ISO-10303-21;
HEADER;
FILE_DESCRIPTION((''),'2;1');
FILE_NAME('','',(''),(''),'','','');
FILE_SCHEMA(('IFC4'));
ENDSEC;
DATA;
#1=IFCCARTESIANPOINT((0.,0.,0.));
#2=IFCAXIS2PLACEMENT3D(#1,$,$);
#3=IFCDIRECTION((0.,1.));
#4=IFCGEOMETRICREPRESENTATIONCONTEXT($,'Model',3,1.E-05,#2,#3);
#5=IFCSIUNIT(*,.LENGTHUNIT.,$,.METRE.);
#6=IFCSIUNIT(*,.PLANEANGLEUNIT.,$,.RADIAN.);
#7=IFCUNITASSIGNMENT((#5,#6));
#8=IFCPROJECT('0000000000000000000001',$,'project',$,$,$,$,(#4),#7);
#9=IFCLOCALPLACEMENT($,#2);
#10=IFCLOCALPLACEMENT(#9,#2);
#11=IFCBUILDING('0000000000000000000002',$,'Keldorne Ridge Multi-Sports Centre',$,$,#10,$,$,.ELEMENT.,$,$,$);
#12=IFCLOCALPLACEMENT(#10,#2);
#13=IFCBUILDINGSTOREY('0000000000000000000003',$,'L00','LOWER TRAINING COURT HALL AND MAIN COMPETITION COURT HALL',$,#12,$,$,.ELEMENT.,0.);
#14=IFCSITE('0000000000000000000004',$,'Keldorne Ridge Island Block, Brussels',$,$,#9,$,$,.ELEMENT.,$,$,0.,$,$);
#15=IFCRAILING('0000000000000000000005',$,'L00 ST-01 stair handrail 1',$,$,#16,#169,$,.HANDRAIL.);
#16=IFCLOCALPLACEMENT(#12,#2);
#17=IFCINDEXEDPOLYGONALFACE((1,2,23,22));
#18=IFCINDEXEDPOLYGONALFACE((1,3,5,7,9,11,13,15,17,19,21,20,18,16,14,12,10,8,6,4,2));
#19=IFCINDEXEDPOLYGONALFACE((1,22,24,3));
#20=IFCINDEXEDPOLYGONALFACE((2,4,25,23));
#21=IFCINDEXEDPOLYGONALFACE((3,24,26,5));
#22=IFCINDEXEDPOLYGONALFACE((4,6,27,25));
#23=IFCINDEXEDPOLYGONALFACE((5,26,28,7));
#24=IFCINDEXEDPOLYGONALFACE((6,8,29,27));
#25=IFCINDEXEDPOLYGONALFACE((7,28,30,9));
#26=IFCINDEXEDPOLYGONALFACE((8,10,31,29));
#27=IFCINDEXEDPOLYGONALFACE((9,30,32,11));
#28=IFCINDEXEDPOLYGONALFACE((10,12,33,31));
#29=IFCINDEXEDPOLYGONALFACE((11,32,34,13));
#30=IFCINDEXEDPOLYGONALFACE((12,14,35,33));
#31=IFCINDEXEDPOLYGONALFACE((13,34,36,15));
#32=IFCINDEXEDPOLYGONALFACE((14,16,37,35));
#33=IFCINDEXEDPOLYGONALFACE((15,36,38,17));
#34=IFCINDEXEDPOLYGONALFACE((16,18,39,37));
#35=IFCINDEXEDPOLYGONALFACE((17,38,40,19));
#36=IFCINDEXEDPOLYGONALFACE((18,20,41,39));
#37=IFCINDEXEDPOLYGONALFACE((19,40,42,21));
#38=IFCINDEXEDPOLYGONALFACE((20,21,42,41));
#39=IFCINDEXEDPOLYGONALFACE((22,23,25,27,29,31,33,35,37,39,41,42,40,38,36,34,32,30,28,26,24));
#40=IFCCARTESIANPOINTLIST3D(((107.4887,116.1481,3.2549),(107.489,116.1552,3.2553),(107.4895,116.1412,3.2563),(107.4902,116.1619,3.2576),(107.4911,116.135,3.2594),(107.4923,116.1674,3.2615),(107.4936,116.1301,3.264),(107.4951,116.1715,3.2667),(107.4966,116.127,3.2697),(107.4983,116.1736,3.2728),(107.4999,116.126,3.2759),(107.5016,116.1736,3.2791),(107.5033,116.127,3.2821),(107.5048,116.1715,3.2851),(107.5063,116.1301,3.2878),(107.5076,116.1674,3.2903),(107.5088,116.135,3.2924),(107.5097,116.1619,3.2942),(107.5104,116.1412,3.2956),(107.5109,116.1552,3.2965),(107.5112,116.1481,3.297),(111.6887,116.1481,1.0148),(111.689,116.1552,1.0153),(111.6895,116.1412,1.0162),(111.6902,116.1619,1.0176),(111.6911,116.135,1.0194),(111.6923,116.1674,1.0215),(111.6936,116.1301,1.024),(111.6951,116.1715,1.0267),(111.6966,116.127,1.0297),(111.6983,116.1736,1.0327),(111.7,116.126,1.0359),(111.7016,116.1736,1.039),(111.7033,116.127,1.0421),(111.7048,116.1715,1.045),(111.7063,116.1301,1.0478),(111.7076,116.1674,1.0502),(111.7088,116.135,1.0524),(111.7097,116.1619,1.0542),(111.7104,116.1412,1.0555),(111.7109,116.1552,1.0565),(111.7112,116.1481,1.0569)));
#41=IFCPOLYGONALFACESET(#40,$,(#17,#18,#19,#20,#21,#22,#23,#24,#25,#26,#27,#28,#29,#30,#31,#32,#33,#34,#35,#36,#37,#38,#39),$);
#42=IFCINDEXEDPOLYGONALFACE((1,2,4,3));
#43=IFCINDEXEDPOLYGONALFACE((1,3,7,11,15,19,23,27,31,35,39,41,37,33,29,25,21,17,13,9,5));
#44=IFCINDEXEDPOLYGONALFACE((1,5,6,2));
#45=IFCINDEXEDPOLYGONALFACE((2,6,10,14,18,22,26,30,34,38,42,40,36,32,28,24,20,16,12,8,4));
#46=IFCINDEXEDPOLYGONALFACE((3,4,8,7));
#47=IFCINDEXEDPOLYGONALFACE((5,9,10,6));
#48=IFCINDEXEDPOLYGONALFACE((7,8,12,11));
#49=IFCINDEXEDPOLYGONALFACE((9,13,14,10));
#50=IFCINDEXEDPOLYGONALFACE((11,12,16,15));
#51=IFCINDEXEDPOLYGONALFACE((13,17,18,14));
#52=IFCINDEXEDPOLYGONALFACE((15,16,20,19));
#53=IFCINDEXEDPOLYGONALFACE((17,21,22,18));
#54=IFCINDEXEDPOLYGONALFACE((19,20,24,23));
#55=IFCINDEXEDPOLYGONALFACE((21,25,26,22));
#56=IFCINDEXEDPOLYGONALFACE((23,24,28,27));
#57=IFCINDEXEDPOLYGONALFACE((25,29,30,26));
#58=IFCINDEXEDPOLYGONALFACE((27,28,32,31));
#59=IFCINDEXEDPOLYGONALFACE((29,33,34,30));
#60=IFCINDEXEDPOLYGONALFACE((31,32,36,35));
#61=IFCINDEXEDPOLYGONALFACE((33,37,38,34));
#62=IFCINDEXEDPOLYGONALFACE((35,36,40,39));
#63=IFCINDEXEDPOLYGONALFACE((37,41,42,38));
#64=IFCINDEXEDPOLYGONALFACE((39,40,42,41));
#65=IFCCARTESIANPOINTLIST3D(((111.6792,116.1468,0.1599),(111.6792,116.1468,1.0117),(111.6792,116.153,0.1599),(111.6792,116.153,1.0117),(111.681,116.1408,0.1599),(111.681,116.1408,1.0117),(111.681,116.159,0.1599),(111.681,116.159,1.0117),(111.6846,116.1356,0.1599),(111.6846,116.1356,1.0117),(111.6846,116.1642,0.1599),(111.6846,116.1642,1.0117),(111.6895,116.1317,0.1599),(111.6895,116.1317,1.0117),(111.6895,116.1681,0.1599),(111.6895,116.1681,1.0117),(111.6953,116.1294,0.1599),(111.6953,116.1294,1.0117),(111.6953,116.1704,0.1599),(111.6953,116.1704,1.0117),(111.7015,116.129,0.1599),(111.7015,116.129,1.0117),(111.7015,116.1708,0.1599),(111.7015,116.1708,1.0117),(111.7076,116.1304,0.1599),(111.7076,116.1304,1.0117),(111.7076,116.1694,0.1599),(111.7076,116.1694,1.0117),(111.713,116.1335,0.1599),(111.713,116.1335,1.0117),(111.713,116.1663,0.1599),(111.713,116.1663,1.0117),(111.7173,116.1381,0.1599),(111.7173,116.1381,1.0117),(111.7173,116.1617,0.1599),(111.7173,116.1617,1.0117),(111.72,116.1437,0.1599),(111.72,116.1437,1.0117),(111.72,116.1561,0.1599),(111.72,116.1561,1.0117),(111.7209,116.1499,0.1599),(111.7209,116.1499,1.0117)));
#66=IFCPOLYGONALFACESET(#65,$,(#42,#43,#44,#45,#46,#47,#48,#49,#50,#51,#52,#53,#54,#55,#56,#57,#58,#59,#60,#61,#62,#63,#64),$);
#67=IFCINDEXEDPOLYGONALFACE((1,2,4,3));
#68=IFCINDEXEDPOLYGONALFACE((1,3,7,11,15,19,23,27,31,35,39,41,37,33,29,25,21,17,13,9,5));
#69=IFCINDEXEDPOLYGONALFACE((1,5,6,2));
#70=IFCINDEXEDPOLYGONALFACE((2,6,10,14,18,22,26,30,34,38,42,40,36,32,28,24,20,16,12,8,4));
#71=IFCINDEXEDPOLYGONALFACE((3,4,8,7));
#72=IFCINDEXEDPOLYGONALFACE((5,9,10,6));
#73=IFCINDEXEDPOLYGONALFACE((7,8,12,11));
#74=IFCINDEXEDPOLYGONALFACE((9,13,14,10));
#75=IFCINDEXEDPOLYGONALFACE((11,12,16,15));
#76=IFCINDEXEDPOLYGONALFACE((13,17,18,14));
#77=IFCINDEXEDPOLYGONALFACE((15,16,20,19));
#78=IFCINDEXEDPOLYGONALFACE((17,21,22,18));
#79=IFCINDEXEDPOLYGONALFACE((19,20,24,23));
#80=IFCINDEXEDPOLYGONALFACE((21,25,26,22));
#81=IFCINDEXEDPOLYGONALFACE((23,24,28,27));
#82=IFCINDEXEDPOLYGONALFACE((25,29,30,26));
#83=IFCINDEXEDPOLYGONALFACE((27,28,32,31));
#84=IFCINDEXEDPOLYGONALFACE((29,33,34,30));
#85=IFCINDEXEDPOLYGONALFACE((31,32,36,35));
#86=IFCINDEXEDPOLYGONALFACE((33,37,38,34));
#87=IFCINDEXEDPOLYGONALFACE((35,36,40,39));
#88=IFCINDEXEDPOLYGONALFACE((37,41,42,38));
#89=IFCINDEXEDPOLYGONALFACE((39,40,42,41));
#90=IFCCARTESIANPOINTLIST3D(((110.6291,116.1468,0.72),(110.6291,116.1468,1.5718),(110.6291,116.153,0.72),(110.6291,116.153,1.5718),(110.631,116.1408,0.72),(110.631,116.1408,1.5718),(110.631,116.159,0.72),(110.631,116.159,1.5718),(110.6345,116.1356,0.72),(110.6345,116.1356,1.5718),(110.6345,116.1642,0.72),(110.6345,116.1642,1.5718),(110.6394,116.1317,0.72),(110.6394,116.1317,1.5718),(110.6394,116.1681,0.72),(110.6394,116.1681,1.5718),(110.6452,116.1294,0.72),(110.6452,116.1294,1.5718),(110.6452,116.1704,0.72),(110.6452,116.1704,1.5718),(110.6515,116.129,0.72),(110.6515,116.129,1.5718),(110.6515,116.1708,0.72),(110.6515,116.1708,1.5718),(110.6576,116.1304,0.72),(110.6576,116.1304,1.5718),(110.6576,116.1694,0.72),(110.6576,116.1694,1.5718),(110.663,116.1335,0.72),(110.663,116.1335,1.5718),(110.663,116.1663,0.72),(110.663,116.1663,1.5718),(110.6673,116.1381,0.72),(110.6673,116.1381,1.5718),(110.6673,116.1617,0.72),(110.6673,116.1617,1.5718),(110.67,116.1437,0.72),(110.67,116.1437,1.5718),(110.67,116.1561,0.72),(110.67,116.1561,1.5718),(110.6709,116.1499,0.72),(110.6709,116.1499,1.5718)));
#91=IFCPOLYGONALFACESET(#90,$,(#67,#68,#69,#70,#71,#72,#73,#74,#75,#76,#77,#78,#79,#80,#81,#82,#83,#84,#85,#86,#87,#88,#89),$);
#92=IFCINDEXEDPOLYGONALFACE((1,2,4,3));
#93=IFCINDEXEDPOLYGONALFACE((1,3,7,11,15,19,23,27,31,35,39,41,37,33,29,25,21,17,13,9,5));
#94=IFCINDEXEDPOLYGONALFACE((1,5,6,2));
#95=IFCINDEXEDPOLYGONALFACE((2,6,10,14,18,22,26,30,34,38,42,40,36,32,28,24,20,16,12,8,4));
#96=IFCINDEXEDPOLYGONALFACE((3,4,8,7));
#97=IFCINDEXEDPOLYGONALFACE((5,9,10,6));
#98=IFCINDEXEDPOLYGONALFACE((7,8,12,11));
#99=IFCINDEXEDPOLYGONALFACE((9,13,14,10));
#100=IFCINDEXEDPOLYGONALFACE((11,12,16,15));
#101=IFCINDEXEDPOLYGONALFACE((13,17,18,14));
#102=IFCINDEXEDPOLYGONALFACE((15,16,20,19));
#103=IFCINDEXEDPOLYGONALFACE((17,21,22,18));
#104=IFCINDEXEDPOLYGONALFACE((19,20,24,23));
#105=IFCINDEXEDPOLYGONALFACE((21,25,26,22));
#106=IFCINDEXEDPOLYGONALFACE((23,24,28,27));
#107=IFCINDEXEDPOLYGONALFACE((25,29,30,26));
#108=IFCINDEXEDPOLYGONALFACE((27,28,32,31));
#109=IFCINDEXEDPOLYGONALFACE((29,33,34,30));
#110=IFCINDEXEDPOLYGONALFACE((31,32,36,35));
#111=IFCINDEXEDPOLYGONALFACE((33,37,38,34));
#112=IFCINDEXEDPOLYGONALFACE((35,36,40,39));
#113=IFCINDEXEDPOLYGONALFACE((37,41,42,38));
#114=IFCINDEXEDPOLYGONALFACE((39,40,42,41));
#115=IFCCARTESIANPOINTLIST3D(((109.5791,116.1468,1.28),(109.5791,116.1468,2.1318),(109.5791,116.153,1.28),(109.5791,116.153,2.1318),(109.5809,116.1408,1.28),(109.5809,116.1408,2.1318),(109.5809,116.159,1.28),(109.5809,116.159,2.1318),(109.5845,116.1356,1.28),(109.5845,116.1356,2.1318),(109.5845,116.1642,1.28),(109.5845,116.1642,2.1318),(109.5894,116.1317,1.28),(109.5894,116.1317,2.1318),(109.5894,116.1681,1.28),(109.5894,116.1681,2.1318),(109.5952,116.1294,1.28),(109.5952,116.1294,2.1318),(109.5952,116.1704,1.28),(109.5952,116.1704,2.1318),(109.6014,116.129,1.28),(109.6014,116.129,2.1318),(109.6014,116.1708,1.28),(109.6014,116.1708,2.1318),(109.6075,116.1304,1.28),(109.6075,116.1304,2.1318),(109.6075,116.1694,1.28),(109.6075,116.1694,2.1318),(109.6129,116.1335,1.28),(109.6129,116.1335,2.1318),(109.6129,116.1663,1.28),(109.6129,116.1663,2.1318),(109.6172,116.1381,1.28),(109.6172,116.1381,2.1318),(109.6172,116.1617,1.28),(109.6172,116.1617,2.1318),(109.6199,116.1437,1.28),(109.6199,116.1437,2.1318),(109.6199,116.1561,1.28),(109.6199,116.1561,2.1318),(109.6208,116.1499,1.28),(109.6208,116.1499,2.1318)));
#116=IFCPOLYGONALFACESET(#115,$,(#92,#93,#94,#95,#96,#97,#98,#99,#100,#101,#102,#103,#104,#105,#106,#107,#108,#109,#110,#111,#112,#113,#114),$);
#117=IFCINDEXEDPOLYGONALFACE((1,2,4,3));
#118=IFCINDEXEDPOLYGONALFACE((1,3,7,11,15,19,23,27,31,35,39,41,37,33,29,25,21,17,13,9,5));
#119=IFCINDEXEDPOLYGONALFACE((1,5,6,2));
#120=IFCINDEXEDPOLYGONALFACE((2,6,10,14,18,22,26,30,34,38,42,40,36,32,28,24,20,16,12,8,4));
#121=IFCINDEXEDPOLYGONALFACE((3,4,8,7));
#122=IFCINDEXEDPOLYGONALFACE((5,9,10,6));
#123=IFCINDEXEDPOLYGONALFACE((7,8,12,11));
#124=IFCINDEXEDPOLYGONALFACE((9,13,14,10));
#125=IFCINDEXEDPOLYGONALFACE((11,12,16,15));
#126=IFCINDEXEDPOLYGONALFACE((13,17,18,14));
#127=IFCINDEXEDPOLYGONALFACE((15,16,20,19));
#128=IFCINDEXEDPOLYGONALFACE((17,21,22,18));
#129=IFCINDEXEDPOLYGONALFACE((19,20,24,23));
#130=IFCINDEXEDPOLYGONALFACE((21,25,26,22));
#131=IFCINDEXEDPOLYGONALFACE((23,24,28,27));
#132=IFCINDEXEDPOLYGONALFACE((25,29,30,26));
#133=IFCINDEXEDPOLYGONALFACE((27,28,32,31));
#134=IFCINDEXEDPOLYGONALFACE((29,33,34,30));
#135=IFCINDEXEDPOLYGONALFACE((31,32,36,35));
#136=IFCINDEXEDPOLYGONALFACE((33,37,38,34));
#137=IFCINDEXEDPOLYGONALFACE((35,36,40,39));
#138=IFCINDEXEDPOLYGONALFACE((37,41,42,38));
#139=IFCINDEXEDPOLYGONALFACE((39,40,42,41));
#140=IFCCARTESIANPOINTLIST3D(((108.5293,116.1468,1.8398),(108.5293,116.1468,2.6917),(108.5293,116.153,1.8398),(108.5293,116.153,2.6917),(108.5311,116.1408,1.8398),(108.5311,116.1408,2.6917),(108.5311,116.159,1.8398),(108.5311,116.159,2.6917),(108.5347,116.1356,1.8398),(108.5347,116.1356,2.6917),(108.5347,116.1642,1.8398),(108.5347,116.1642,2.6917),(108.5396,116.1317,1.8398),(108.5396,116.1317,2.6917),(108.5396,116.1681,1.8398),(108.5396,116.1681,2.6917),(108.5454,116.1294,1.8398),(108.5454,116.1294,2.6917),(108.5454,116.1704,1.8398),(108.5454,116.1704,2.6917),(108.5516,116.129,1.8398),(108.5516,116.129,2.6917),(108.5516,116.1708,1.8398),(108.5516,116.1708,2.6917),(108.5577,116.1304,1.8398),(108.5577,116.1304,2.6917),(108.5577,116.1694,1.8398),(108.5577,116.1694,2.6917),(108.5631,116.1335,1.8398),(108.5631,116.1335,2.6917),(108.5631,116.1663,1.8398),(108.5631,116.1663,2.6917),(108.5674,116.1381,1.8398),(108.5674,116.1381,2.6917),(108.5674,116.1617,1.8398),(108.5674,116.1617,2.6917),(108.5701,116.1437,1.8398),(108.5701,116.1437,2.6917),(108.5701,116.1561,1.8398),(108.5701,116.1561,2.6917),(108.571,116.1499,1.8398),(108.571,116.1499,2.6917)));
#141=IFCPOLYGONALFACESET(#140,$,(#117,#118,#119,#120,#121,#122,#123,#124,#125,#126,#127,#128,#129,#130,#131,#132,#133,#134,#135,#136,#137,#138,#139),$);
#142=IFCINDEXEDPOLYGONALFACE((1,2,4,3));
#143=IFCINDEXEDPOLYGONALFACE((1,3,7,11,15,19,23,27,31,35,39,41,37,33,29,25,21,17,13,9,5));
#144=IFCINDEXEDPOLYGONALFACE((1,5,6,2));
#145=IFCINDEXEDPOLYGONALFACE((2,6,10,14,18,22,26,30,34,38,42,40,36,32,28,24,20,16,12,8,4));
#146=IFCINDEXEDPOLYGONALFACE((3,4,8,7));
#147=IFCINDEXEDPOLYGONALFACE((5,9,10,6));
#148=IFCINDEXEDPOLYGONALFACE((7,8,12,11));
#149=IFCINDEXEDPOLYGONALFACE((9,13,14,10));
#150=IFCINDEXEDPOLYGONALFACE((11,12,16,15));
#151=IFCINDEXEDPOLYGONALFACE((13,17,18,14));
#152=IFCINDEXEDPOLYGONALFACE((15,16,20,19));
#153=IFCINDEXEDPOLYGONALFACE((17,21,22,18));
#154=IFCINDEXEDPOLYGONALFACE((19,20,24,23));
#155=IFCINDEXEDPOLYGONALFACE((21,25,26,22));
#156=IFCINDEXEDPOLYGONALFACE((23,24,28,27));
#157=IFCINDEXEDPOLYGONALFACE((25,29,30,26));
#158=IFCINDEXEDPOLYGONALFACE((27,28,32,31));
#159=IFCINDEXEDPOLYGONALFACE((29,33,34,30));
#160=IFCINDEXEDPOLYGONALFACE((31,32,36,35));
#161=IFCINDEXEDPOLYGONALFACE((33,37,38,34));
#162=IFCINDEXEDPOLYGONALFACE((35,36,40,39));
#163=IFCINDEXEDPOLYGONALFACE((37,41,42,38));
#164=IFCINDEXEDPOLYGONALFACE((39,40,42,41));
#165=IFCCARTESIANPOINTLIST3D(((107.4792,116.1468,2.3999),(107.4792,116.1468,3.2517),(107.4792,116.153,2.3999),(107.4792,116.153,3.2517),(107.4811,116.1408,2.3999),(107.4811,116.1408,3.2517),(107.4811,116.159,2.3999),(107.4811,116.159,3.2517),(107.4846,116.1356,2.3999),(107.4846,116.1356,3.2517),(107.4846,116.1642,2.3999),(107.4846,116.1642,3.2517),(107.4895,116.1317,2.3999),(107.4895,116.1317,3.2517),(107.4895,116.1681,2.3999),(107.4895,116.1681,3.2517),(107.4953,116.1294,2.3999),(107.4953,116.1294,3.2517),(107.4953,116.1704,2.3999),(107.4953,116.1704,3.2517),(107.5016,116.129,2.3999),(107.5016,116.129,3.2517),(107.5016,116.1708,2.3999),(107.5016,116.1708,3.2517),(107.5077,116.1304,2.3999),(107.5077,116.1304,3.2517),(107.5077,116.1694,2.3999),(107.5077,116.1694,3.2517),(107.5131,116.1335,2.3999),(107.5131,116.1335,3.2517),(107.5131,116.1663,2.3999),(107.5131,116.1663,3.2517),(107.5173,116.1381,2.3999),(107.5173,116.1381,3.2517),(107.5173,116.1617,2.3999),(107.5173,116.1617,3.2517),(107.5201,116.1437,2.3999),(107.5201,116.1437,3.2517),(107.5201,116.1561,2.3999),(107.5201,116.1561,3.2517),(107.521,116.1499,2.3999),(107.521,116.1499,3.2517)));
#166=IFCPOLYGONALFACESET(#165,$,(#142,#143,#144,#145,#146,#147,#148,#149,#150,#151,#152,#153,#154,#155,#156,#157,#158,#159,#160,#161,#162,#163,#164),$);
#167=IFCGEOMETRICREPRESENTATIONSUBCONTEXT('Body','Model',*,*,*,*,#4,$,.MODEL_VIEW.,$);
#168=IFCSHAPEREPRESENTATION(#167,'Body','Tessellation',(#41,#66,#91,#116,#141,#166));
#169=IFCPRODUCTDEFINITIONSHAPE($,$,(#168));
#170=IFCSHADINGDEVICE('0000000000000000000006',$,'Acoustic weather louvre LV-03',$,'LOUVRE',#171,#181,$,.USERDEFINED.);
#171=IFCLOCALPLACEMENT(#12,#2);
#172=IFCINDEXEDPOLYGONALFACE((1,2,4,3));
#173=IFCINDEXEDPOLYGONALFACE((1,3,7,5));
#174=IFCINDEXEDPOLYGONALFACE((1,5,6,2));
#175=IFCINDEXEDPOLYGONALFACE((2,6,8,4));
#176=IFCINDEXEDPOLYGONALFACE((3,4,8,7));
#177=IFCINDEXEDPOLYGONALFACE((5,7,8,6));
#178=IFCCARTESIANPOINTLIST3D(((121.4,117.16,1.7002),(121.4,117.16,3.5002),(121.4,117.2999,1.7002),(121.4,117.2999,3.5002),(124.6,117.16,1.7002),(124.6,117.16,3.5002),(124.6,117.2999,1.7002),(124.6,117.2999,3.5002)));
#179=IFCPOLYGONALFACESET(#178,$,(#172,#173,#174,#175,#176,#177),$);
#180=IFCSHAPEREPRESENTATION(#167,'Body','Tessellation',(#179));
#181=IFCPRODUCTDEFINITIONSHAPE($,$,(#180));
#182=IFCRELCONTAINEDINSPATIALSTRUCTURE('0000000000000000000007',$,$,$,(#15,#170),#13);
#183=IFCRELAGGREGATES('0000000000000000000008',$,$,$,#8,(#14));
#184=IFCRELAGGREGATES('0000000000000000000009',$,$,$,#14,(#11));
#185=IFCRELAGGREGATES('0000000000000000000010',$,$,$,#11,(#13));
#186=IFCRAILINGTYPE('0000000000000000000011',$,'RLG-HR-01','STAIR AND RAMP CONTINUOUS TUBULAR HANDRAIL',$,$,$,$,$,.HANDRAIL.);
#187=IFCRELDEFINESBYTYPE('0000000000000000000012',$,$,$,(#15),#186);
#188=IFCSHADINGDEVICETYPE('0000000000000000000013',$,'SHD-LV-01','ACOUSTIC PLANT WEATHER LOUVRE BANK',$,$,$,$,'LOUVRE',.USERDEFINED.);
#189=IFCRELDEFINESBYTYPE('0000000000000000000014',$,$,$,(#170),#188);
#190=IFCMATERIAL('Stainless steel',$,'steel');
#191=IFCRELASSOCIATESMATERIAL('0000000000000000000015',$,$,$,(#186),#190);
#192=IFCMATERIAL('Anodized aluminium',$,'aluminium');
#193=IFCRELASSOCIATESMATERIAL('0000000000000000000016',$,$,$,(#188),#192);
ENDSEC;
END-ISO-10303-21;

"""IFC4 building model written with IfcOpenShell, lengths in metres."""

from ifc_helpers import new_model, si_unit, direction, frame, origin, origin_2d, place, context, subcontext, project, spatial, rectangle, circle, extrude, material, type_object, element, save


model = new_model("IFC4")

# Units and contexts
model_context = context("Model", 3, precision=1e-05, world=origin(), true_north=direction((0.0, 1.0)))
body_context = subcontext(model_context, "Body", "Model", "MODEL_VIEW")
ifc_project = project(units=[si_unit("LENGTHUNIT", "METRE"), si_unit("PLANEANGLEUNIT", "RADIAN")], contexts=[model_context])

# Site, building, storey
site_placement = place(None, origin())
site = spatial("IfcSite", under=ifc_project, at=site_placement, Name="Keldorne Ridge Island Block, Brussels", CompositionType="ELEMENT", RefElevation=0.0)
building_placement = place(site_placement, origin())
building = spatial("IfcBuilding", under=site, at=building_placement, Name="Keldorne Ridge Multi-Sports Centre", CompositionType="ELEMENT")
storey_placement = place(building_placement, origin())
storey = spatial("IfcBuildingStorey", under=building, at=storey_placement, Name="L00", Description="LOWER TRAINING COURT HALL AND MAIN COMPETITION COURT HALL", CompositionType="ELEMENT", Elevation=0.0)

# Shared definitions
ifc_material_1 = material(Name="Anodized aluminium", Category="aluminium")

# Railing
ifc_material_2 = material(Name="Stainless steel", Category="steel")
railing_type_1 = type_object("IfcRailingType", Name="RLG-HR-01", Description="STAIR AND RAMP CONTINUOUS TUBULAR HANDRAIL", PredefinedType="HANDRAIL", material=ifc_material_2)
railing_1_placement = place(storey_placement, frame((111.7, 116.1499, 0.1599)))
element("IfcRailing", 1, at=railing_1_placement, inside=storey, type_object=railing_type_1, Name="L00 ST-01 stair handrail 1", PredefinedType="HANDRAIL", context=body_context, shape_type="SweptSolid", body=[
    extrude(circle(Radius=0.0239, at=origin_2d()), frame((0.0, 0.0, 0.876), z_axis=(-0.882352, 0.0, 0.470591), x_axis=(0.0, -1.0, 0.0)), (0.0, 0.0, 1.0), 4.76),
    extrude(circle(Radius=0.021, at=origin_2d()), origin(), (0.0, 0.0, 1.0), 0.8518),
    extrude(circle(Radius=0.021, at=origin_2d()), frame((-1.05, 0.0, 0.5601)), (0.0, 0.0, 1.0), 0.8518),
    extrude(circle(Radius=0.021, at=origin_2d()), frame((-2.1001, 0.0, 1.1201)), (0.0, 0.0, 1.0), 0.8518),
    extrude(circle(Radius=0.021, at=origin_2d()), frame((-3.1499, 0.0, 1.6799)), (0.0, 0.0, 1.0), 0.8518),
    extrude(circle(Radius=0.021, at=origin_2d()), frame((-4.2, 0.0, 2.24)), (0.0, 0.0, 1.0), 0.8518),
])

# Shading device
shading_device_type = type_object("IfcShadingDeviceType", Name="SHD-LV-01", Description="ACOUSTIC PLANT WEATHER LOUVRE BANK", ElementType="LOUVRE", PredefinedType="USERDEFINED", material=ifc_material_1)
shading_device_placement = place(storey_placement, frame((123.0, 117.23, 1.7002), z_axis=(0.0, 0.0, 1.0), x_axis=(1.0, 0.0, 0.0)))
element("IfcShadingDevice", 2, at=shading_device_placement, inside=storey, type_object=shading_device_type, Name="Acoustic weather louvre LV-03", ObjectType="LOUVRE", PredefinedType="USERDEFINED", context=body_context, shape_type="SweptSolid", body=[
    extrude(rectangle(XDim=3.2, YDim=0.1399, at=origin_2d()), origin(), (0.0, 0.0, 1.0), 1.8),
])

save(model, "model.ifc")
